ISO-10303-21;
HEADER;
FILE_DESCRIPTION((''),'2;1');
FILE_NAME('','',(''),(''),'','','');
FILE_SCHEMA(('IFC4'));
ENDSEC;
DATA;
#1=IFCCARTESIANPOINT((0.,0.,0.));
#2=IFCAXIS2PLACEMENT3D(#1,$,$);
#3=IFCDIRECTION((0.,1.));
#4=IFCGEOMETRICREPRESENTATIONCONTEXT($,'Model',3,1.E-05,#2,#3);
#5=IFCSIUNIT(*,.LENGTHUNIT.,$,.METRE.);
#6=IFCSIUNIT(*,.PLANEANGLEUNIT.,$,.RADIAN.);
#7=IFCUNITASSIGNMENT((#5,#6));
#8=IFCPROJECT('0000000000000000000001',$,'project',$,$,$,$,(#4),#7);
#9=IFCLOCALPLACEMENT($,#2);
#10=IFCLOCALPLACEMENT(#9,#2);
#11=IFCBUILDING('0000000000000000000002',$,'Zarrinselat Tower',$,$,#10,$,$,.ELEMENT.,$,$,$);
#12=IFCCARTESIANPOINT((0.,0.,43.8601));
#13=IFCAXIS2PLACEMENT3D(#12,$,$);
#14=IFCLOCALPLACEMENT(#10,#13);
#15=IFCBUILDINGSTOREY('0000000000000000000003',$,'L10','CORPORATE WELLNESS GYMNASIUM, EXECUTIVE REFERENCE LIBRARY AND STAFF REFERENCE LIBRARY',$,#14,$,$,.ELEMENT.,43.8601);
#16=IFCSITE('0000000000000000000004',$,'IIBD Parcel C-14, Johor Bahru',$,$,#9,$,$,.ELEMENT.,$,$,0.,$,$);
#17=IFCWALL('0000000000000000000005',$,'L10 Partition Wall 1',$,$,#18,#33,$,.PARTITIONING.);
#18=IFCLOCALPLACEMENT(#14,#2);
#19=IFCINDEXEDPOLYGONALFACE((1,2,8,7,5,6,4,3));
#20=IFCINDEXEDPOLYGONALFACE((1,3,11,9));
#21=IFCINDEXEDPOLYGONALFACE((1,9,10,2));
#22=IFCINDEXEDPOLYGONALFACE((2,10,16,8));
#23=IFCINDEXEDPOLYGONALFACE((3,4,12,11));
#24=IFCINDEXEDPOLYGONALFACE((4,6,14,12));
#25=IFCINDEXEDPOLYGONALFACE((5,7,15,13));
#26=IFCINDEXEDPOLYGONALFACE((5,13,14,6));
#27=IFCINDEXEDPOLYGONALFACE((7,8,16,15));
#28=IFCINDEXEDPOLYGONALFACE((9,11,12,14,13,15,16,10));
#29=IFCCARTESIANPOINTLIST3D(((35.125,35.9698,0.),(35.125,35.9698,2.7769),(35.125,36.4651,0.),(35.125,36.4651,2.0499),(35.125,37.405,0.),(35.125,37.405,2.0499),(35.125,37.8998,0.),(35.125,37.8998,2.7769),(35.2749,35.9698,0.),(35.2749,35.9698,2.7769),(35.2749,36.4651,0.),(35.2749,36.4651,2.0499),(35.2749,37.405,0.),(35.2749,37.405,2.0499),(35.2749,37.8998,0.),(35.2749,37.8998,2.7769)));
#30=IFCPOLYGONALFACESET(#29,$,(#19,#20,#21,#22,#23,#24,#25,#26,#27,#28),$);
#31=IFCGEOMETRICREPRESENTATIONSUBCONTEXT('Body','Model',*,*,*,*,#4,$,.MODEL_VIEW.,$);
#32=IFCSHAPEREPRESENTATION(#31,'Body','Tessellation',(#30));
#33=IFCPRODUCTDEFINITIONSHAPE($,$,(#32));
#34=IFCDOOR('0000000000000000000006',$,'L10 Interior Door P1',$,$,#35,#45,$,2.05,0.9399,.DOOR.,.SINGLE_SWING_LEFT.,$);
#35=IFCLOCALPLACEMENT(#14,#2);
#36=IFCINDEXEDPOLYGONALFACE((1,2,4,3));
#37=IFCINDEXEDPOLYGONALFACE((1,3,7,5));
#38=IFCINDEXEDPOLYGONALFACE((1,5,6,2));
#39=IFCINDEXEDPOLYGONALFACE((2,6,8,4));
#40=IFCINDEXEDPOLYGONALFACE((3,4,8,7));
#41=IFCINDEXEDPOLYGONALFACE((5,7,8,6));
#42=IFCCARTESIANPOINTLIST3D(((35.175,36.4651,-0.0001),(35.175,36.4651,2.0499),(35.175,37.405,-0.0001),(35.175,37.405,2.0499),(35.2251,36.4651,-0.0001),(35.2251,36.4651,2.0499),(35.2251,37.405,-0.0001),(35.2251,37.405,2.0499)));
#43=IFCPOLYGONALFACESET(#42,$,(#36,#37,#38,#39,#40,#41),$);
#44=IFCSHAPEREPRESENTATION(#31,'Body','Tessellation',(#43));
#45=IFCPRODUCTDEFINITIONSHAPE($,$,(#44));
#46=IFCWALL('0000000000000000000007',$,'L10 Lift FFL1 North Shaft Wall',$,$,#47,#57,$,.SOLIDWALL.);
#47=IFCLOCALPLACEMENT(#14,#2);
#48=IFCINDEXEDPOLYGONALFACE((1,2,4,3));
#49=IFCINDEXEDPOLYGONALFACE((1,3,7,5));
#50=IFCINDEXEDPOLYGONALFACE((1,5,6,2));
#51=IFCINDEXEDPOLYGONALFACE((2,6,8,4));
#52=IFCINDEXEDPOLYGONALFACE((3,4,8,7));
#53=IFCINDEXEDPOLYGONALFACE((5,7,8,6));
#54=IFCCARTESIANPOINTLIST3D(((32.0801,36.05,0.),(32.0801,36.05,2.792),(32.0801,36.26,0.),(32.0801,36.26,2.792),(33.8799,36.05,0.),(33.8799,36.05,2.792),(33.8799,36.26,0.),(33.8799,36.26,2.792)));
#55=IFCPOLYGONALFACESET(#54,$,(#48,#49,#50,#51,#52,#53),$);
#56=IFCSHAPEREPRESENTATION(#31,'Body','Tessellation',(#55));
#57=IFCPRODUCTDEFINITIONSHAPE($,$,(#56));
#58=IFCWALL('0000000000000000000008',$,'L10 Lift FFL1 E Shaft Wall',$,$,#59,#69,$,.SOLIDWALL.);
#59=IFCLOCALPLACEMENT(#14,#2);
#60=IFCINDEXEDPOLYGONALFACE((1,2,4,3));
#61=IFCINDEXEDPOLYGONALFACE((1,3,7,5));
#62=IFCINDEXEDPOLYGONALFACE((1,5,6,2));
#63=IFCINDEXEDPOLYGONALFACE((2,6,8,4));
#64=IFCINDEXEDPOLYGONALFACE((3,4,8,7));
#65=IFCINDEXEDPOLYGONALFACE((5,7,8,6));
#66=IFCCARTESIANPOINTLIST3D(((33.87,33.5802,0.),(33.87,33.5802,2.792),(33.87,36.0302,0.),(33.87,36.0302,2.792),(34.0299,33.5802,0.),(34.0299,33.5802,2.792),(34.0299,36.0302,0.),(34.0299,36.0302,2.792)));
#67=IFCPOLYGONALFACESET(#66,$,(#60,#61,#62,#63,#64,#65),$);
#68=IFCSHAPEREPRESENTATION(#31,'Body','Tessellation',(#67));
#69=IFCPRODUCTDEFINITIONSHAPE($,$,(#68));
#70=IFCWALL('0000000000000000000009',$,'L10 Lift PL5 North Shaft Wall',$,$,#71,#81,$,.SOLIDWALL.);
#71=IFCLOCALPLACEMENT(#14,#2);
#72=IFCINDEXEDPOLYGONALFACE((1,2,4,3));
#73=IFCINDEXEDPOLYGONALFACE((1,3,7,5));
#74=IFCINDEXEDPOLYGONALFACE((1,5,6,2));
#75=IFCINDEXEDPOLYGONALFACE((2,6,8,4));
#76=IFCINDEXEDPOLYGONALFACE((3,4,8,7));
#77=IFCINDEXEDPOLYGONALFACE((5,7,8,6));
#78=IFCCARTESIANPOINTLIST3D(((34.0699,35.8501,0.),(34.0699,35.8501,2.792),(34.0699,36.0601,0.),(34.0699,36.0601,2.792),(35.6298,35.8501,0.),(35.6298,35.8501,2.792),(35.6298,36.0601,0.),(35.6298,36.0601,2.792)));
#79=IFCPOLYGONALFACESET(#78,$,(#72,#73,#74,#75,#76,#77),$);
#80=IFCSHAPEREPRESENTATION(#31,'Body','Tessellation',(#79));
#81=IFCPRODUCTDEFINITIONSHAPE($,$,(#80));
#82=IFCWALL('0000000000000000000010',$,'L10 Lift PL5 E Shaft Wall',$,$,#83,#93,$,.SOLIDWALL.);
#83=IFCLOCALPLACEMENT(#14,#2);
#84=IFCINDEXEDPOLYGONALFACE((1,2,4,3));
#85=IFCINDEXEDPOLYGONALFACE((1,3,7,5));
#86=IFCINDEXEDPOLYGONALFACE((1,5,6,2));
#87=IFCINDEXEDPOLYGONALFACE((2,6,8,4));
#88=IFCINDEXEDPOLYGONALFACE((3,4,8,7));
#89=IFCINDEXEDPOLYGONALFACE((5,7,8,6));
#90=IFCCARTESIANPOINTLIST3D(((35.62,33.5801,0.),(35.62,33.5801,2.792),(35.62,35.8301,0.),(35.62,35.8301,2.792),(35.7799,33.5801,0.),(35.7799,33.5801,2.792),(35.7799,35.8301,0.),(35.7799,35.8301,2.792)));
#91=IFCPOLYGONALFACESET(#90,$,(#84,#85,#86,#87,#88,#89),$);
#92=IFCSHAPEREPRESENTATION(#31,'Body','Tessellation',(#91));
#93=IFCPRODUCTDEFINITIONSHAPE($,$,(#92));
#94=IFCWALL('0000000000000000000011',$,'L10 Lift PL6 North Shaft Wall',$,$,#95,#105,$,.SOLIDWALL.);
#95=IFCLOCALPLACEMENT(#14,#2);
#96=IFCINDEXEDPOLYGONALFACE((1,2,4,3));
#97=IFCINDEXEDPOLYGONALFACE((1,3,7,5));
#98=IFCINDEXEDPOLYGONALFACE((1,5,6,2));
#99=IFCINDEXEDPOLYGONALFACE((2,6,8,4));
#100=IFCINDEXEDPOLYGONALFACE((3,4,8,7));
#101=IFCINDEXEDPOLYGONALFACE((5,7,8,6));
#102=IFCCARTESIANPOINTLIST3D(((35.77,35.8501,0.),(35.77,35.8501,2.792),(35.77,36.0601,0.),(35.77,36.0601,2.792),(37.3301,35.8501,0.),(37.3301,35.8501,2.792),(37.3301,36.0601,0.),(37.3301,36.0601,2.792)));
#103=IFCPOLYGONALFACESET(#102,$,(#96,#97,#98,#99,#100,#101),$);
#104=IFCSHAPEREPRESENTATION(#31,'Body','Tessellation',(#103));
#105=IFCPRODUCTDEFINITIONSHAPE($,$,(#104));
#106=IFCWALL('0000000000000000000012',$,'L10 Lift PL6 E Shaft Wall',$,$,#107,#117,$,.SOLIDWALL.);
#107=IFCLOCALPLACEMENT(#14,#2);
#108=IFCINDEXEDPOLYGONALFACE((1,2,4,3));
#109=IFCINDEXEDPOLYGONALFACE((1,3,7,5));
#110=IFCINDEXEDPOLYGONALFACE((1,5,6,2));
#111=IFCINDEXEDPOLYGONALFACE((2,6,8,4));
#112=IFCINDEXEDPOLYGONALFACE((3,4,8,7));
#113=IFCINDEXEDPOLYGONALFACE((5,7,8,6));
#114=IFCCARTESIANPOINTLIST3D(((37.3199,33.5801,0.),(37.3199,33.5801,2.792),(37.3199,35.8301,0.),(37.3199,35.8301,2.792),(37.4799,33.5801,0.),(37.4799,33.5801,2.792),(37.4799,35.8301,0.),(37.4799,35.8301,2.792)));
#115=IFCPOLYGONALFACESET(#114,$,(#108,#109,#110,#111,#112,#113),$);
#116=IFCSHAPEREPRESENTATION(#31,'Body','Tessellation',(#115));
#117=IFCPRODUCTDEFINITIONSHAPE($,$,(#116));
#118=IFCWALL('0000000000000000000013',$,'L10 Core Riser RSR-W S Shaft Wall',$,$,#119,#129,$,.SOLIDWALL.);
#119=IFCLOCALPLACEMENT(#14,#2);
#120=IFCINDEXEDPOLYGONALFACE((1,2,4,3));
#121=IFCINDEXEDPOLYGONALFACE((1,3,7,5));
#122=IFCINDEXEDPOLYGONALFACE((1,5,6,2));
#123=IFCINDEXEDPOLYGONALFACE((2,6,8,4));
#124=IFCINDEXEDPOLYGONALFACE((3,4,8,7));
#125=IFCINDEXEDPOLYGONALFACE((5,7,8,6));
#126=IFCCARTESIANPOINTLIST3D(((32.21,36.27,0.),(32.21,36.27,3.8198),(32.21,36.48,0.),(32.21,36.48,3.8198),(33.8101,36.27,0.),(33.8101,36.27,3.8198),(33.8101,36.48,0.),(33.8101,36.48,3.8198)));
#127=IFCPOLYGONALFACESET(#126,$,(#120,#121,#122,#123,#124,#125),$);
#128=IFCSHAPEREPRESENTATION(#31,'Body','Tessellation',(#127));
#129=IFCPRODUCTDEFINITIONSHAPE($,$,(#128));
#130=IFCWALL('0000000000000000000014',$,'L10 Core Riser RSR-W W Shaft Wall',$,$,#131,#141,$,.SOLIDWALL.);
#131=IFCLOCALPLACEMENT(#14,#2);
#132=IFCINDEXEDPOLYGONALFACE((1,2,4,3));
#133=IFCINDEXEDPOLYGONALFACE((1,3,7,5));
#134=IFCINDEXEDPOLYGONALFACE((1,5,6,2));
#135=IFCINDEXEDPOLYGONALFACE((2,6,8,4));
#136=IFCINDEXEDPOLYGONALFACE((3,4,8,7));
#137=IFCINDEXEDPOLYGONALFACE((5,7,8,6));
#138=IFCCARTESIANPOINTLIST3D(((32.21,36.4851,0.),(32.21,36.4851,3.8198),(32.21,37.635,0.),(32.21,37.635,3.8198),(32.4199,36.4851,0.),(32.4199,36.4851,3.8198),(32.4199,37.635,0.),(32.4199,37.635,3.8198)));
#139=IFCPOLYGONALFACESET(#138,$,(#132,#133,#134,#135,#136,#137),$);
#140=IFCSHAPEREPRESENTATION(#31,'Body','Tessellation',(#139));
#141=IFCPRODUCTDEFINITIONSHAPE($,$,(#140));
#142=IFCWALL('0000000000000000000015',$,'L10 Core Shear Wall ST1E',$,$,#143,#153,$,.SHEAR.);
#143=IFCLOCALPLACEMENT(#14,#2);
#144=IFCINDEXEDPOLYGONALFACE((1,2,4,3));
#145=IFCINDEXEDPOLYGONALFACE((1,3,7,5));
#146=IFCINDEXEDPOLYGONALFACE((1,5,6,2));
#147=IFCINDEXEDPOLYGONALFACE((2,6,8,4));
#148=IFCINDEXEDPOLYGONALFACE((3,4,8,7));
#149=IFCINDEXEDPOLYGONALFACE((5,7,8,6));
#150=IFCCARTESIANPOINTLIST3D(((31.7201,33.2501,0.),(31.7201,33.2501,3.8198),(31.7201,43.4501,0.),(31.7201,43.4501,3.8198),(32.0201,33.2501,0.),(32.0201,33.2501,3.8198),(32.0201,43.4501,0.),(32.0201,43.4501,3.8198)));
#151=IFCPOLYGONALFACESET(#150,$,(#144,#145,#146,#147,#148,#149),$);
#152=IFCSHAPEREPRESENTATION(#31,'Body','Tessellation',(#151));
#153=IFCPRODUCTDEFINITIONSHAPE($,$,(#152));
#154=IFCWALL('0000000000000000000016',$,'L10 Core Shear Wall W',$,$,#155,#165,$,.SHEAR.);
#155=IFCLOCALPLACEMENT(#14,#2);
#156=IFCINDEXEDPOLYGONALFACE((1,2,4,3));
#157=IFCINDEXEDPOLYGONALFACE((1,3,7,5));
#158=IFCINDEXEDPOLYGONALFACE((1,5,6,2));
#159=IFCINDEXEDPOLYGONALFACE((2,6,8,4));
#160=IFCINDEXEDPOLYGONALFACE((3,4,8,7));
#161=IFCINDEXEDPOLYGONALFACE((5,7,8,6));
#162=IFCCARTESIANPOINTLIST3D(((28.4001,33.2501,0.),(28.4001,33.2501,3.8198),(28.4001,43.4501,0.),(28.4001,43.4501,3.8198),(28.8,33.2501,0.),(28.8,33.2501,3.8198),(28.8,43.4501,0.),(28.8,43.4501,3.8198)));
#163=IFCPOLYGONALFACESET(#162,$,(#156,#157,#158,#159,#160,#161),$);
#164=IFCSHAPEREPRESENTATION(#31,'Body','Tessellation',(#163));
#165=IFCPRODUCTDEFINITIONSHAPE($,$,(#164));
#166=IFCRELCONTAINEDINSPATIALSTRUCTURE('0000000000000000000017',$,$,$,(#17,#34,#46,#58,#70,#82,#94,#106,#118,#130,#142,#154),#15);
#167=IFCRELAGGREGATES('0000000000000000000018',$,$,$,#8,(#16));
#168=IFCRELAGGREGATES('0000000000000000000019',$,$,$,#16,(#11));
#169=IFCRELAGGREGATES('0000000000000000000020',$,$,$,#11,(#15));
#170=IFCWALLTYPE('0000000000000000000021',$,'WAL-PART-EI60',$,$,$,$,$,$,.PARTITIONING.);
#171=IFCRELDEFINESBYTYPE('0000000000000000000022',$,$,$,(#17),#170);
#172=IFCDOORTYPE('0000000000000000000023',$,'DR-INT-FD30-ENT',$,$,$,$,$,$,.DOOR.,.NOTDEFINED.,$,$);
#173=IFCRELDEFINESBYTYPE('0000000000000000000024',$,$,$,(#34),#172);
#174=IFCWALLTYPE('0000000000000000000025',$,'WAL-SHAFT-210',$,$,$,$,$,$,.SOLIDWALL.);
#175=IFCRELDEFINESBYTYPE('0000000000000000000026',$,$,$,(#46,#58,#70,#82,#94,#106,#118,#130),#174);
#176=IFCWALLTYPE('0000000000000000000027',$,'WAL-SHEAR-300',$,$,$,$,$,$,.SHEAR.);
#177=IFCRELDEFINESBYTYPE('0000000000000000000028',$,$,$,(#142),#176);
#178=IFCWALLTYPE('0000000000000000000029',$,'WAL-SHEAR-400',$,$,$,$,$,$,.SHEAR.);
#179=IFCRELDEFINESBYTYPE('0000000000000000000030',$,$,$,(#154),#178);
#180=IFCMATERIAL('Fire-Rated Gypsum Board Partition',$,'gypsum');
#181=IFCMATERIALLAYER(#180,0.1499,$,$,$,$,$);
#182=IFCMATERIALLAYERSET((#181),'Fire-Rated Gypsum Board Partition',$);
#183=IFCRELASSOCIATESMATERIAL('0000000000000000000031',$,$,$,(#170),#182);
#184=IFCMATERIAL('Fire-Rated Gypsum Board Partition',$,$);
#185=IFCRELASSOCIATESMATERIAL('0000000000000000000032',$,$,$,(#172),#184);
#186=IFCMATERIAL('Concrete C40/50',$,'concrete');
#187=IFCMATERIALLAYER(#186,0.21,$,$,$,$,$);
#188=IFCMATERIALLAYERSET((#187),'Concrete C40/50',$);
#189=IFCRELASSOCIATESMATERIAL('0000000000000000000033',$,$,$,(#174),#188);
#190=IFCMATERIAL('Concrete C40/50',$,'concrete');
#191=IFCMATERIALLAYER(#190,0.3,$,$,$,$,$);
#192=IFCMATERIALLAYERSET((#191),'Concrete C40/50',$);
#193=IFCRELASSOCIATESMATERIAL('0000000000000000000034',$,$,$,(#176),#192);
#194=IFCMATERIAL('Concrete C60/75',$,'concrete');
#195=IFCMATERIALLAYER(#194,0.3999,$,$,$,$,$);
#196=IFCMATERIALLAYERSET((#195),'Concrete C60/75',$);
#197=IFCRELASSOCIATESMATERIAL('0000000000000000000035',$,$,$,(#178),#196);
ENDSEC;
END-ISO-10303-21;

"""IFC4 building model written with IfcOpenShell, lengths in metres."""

from ifc_helpers import new_model, si_unit, direction, frame, frame_2d, origin, place, context, subcontext, project, spatial, rectangle, extrude, material, layer, layer_set, type_object, element, fill, save


model = new_model("IFC4")

# Units and contexts
model_context = context("Model", 3, precision=1e-05, world=origin(), true_north=direction((0.0, 1.0)))
body_context = subcontext(model_context, "Body", "Model", "MODEL_VIEW")
ifc_project = project(units=[si_unit("LENGTHUNIT", "METRE"), si_unit("PLANEANGLEUNIT", "RADIAN")], contexts=[model_context])

# Site, building, storey
site_placement = place(None, origin())
site = spatial("IfcSite", under=ifc_project, at=site_placement, Name="IIBD Parcel C-14, Johor Bahru", CompositionType="ELEMENT", RefElevation=0.0)
building_placement = place(site_placement, origin())
building = spatial("IfcBuilding", under=site, at=building_placement, Name="Zarrinselat Tower", CompositionType="ELEMENT")
storey_placement = place(building_placement, frame((0.0, 0.0, 43.8601)))
storey = spatial("IfcBuildingStorey", under=building, at=storey_placement, Name="L10", Description="CORPORATE WELLNESS GYMNASIUM, EXECUTIVE REFERENCE LIBRARY AND STAFF REFERENCE LIBRARY", CompositionType="ELEMENT", Elevation=43.8601)

# Wall, opening, door
ifc_material_1 = material(Name="Fire-Rated Gypsum Board Partition", Category="gypsum")
ifc_layer_1 = layer(ifc_material_1, 0.1499)
ifc_layer_set_1 = layer_set([ifc_layer_1], Name="Fire-Rated Gypsum Board Partition")
wall_type_1 = type_object("IfcWallType", Name="WAL-PART-EI60", PredefinedType="PARTITIONING", material=ifc_layer_set_1)
wall_1_placement = place(storey_placement, frame((35.2, 35.97, 0.0), z_axis=(0.0, 0.0, 1.0), x_axis=(0.0, 1.0, 0.0)))
wall_1 = element("IfcWall", 1, at=wall_1_placement, inside=storey, type_object=wall_type_1, Name="L10 Partition Wall 1", PredefinedType="PARTITIONING", context=body_context, shape_type="SweptSolid", body=[
    extrude(rectangle(XDim=1.9299, YDim=0.1499, at=frame_2d((0.9648, 0.0))), origin(), (0.0, 0.0, 1.0), 2.7769),
])
opening_1_placement = place(wall_1_placement, frame((0.4951, 0.0, 0.0)))
opening_1 = element("IfcOpeningElement", 2, at=opening_1_placement, cuts=wall_1, PredefinedType="OPENING", context=body_context, shape_type="SweptSolid", body=[
    extrude(rectangle(XDim=0.9399, YDim=2.05, at=frame_2d((0.47, 1.0249))), frame((0.0, 0.085, 0.0), z_axis=(0.0, -1.0, 0.0), x_axis=(1.0, 0.0, 0.0)), (0.0, 0.0, 1.0), 0.1699),
])
ifc_material_2 = material(Name="Fire-Rated Gypsum Board Partition")
door_type_1 = type_object("IfcDoorType", Name="DR-INT-FD30-ENT", OperationType="NOTDEFINED", PredefinedType="DOOR", material=ifc_material_2)
door_1_placement = place(opening_1_placement, origin())
door_1 = element("IfcDoor", 3, at=door_1_placement, inside=storey, type_object=door_type_1, Name="L10 Interior Door P1", OperationType="SINGLE_SWING_LEFT", OverallHeight=2.05, OverallWidth=0.9399, PredefinedType="DOOR", context=body_context, shape_type="SweptSolid", body=[
    extrude(rectangle(XDim=0.9399, YDim=2.05, at=frame_2d((0.47, 1.0249))), frame((0.0, 0.0249, 0.0), z_axis=(0.0, -1.0, 0.0), x_axis=(1.0, 0.0, 0.0)), (0.0, 0.0, 1.0), 0.05),
])
fill(opening_1, door_1)

# Walls
ifc_material_3 = material(Name="Concrete C40/50", Category="concrete")
ifc_layer_2 = layer(ifc_material_3, 0.21)
ifc_layer_set_2 = layer_set([ifc_layer_2], Name="Concrete C40/50")
wall_type_2 = type_object("IfcWallType", Name="WAL-SHAFT-210", PredefinedType="SOLIDWALL", material=ifc_layer_set_2)
wall_2_placement = place(storey_placement, frame((32.0801, 36.155, 0.0), z_axis=(0.0, 0.0, 1.0), x_axis=(1.0, 0.0, 0.0)))
element("IfcWall", 4, at=wall_2_placement, inside=storey, type_object=wall_type_2, Name="L10 Lift FFL1 North Shaft Wall", PredefinedType="SOLIDWALL", context=body_context, shape_type="SweptSolid", body=[
    extrude(rectangle(XDim=1.7998, YDim=0.21, at=frame_2d((0.8999, 0.0))), origin(), (0.0, 0.0, 1.0), 2.792),
])
wall_3_placement = place(storey_placement, frame((33.95, 33.5801, 0.0), z_axis=(0.0, 0.0, 1.0), x_axis=(0.0, 1.0, 0.0)))
element("IfcWall", 5, at=wall_3_placement, inside=storey, type_object=wall_type_2, Name="L10 Lift FFL1 E Shaft Wall", PredefinedType="SOLIDWALL", context=body_context, shape_type="SweptSolid", body=[
    extrude(rectangle(XDim=2.45, YDim=0.1599, at=frame_2d((1.2251, 0.0))), origin(), (0.0, 0.0, 1.0), 2.792),
])
wall_4_placement = place(storey_placement, frame((34.0701, 35.9551, 0.0), z_axis=(0.0, 0.0, 1.0), x_axis=(1.0, 0.0, 0.0)))
element("IfcWall", 6, at=wall_4_placement, inside=storey, type_object=wall_type_2, Name="L10 Lift PL5 North Shaft Wall", PredefinedType="SOLIDWALL", context=body_context, shape_type="SweptSolid", body=[
    extrude(rectangle(XDim=1.5598, YDim=0.21, at=frame_2d((0.7798, 0.0))), origin(), (0.0, 0.0, 1.0), 2.792),
])
wall_5_placement = place(storey_placement, frame((35.7, 33.5801, 0.0), z_axis=(0.0, 0.0, 1.0), x_axis=(0.0, 1.0, 0.0)))
element("IfcWall", 7, at=wall_5_placement, inside=storey, type_object=wall_type_2, Name="L10 Lift PL5 E Shaft Wall", PredefinedType="SOLIDWALL", context=body_context, shape_type="SweptSolid", body=[
    extrude(rectangle(XDim=2.25, YDim=0.1599, at=frame_2d((1.125, 0.0))), origin(), (0.0, 0.0, 1.0), 2.792),
])
wall_6_placement = place(storey_placement, frame((35.77, 35.9551, 0.0), z_axis=(0.0, 0.0, 1.0), x_axis=(1.0, 0.0, 0.0)))
element("IfcWall", 8, at=wall_6_placement, inside=storey, type_object=wall_type_2, Name="L10 Lift PL6 North Shaft Wall", PredefinedType="SOLIDWALL", context=body_context, shape_type="SweptSolid", body=[
    extrude(rectangle(XDim=1.5601, YDim=0.21, at=frame_2d((0.78, 0.0))), origin(), (0.0, 0.0, 1.0), 2.792),
])
wall_7_placement = place(storey_placement, frame((37.3999, 33.5801, 0.0), z_axis=(0.0, 0.0, 1.0), x_axis=(0.0, 1.0, 0.0)))
element("IfcWall", 9, at=wall_7_placement, inside=storey, type_object=wall_type_2, Name="L10 Lift PL6 E Shaft Wall", PredefinedType="SOLIDWALL", context=body_context, shape_type="SweptSolid", body=[
    extrude(rectangle(XDim=2.25, YDim=0.1599, at=frame_2d((1.125, 0.0))), origin(), (0.0, 0.0, 1.0), 2.792),
])
wall_8_placement = place(storey_placement, frame((32.21, 36.375, 0.0), z_axis=(0.0, 0.0, 1.0), x_axis=(1.0, 0.0, 0.0)))
element("IfcWall", 10, at=wall_8_placement, inside=storey, type_object=wall_type_2, Name="L10 Core Riser RSR-W S Shaft Wall", PredefinedType="SOLIDWALL", context=body_context, shape_type="SweptSolid", body=[
    extrude(rectangle(XDim=1.6001, YDim=0.21, at=frame_2d((0.8, 0.0))), origin(), (0.0, 0.0, 1.0), 3.8198),
])
wall_9_placement = place(storey_placement, frame((32.3149, 36.4851, 0.0), z_axis=(0.0, 0.0, 1.0), x_axis=(0.0, 1.0, 0.0)))
element("IfcWall", 11, at=wall_9_placement, inside=storey, type_object=wall_type_2, Name="L10 Core Riser RSR-W W Shaft Wall", PredefinedType="SOLIDWALL", context=body_context, shape_type="SweptSolid", body=[
    extrude(rectangle(XDim=1.1499, YDim=0.21, at=frame_2d((0.575, 0.0))), origin(), (0.0, 0.0, 1.0), 3.8198),
])
ifc_material_4 = material(Name="Concrete C40/50", Category="concrete")
ifc_layer_3 = layer(ifc_material_4, 0.3)
ifc_layer_set_3 = layer_set([ifc_layer_3], Name="Concrete C40/50")
wall_type_3 = type_object("IfcWallType", Name="WAL-SHEAR-300", PredefinedType="SHEAR", material=ifc_layer_set_3)
wall_10_placement = place(storey_placement, frame((31.8701, 33.25, 0.0), z_axis=(0.0, 0.0, 1.0), x_axis=(0.0, 1.0, 0.0)))
element("IfcWall", 12, at=wall_10_placement, inside=storey, type_object=wall_type_3, Name="L10 Core Shear Wall ST1E", PredefinedType="SHEAR", context=body_context, shape_type="SweptSolid", body=[
    extrude(rectangle(XDim=10.2, YDim=0.3, at=frame_2d((5.1001, 0.0))), origin(), (0.0, 0.0, 1.0), 3.8198),
])

# Shared definitions
ifc_material_5 = material(Name="Concrete C60/75", Category="concrete")
ifc_layer_4 = layer(ifc_material_5, 0.3999)
ifc_layer_set_4 = layer_set([ifc_layer_4], Name="Concrete C60/75")
wall_type_4 = type_object("IfcWallType", Name="WAL-SHEAR-400", PredefinedType="SHEAR", material=ifc_layer_set_4)

# Wall
wall_11_placement = place(storey_placement, frame((28.6001, 33.25, 0.0), z_axis=(0.0, 0.0, 1.0), x_axis=(0.0, 1.0, 0.0)))
element("IfcWall", 13, at=wall_11_placement, inside=storey, type_object=wall_type_4, Name="L10 Core Shear Wall W", PredefinedType="SHEAR", context=body_context, shape_type="SweptSolid", body=[
    extrude(rectangle(XDim=10.2, YDim=0.3999, at=frame_2d((5.1001, 0.0))), origin(), (0.0, 0.0, 1.0), 3.8198),
])

save(model, "model.ifc")
